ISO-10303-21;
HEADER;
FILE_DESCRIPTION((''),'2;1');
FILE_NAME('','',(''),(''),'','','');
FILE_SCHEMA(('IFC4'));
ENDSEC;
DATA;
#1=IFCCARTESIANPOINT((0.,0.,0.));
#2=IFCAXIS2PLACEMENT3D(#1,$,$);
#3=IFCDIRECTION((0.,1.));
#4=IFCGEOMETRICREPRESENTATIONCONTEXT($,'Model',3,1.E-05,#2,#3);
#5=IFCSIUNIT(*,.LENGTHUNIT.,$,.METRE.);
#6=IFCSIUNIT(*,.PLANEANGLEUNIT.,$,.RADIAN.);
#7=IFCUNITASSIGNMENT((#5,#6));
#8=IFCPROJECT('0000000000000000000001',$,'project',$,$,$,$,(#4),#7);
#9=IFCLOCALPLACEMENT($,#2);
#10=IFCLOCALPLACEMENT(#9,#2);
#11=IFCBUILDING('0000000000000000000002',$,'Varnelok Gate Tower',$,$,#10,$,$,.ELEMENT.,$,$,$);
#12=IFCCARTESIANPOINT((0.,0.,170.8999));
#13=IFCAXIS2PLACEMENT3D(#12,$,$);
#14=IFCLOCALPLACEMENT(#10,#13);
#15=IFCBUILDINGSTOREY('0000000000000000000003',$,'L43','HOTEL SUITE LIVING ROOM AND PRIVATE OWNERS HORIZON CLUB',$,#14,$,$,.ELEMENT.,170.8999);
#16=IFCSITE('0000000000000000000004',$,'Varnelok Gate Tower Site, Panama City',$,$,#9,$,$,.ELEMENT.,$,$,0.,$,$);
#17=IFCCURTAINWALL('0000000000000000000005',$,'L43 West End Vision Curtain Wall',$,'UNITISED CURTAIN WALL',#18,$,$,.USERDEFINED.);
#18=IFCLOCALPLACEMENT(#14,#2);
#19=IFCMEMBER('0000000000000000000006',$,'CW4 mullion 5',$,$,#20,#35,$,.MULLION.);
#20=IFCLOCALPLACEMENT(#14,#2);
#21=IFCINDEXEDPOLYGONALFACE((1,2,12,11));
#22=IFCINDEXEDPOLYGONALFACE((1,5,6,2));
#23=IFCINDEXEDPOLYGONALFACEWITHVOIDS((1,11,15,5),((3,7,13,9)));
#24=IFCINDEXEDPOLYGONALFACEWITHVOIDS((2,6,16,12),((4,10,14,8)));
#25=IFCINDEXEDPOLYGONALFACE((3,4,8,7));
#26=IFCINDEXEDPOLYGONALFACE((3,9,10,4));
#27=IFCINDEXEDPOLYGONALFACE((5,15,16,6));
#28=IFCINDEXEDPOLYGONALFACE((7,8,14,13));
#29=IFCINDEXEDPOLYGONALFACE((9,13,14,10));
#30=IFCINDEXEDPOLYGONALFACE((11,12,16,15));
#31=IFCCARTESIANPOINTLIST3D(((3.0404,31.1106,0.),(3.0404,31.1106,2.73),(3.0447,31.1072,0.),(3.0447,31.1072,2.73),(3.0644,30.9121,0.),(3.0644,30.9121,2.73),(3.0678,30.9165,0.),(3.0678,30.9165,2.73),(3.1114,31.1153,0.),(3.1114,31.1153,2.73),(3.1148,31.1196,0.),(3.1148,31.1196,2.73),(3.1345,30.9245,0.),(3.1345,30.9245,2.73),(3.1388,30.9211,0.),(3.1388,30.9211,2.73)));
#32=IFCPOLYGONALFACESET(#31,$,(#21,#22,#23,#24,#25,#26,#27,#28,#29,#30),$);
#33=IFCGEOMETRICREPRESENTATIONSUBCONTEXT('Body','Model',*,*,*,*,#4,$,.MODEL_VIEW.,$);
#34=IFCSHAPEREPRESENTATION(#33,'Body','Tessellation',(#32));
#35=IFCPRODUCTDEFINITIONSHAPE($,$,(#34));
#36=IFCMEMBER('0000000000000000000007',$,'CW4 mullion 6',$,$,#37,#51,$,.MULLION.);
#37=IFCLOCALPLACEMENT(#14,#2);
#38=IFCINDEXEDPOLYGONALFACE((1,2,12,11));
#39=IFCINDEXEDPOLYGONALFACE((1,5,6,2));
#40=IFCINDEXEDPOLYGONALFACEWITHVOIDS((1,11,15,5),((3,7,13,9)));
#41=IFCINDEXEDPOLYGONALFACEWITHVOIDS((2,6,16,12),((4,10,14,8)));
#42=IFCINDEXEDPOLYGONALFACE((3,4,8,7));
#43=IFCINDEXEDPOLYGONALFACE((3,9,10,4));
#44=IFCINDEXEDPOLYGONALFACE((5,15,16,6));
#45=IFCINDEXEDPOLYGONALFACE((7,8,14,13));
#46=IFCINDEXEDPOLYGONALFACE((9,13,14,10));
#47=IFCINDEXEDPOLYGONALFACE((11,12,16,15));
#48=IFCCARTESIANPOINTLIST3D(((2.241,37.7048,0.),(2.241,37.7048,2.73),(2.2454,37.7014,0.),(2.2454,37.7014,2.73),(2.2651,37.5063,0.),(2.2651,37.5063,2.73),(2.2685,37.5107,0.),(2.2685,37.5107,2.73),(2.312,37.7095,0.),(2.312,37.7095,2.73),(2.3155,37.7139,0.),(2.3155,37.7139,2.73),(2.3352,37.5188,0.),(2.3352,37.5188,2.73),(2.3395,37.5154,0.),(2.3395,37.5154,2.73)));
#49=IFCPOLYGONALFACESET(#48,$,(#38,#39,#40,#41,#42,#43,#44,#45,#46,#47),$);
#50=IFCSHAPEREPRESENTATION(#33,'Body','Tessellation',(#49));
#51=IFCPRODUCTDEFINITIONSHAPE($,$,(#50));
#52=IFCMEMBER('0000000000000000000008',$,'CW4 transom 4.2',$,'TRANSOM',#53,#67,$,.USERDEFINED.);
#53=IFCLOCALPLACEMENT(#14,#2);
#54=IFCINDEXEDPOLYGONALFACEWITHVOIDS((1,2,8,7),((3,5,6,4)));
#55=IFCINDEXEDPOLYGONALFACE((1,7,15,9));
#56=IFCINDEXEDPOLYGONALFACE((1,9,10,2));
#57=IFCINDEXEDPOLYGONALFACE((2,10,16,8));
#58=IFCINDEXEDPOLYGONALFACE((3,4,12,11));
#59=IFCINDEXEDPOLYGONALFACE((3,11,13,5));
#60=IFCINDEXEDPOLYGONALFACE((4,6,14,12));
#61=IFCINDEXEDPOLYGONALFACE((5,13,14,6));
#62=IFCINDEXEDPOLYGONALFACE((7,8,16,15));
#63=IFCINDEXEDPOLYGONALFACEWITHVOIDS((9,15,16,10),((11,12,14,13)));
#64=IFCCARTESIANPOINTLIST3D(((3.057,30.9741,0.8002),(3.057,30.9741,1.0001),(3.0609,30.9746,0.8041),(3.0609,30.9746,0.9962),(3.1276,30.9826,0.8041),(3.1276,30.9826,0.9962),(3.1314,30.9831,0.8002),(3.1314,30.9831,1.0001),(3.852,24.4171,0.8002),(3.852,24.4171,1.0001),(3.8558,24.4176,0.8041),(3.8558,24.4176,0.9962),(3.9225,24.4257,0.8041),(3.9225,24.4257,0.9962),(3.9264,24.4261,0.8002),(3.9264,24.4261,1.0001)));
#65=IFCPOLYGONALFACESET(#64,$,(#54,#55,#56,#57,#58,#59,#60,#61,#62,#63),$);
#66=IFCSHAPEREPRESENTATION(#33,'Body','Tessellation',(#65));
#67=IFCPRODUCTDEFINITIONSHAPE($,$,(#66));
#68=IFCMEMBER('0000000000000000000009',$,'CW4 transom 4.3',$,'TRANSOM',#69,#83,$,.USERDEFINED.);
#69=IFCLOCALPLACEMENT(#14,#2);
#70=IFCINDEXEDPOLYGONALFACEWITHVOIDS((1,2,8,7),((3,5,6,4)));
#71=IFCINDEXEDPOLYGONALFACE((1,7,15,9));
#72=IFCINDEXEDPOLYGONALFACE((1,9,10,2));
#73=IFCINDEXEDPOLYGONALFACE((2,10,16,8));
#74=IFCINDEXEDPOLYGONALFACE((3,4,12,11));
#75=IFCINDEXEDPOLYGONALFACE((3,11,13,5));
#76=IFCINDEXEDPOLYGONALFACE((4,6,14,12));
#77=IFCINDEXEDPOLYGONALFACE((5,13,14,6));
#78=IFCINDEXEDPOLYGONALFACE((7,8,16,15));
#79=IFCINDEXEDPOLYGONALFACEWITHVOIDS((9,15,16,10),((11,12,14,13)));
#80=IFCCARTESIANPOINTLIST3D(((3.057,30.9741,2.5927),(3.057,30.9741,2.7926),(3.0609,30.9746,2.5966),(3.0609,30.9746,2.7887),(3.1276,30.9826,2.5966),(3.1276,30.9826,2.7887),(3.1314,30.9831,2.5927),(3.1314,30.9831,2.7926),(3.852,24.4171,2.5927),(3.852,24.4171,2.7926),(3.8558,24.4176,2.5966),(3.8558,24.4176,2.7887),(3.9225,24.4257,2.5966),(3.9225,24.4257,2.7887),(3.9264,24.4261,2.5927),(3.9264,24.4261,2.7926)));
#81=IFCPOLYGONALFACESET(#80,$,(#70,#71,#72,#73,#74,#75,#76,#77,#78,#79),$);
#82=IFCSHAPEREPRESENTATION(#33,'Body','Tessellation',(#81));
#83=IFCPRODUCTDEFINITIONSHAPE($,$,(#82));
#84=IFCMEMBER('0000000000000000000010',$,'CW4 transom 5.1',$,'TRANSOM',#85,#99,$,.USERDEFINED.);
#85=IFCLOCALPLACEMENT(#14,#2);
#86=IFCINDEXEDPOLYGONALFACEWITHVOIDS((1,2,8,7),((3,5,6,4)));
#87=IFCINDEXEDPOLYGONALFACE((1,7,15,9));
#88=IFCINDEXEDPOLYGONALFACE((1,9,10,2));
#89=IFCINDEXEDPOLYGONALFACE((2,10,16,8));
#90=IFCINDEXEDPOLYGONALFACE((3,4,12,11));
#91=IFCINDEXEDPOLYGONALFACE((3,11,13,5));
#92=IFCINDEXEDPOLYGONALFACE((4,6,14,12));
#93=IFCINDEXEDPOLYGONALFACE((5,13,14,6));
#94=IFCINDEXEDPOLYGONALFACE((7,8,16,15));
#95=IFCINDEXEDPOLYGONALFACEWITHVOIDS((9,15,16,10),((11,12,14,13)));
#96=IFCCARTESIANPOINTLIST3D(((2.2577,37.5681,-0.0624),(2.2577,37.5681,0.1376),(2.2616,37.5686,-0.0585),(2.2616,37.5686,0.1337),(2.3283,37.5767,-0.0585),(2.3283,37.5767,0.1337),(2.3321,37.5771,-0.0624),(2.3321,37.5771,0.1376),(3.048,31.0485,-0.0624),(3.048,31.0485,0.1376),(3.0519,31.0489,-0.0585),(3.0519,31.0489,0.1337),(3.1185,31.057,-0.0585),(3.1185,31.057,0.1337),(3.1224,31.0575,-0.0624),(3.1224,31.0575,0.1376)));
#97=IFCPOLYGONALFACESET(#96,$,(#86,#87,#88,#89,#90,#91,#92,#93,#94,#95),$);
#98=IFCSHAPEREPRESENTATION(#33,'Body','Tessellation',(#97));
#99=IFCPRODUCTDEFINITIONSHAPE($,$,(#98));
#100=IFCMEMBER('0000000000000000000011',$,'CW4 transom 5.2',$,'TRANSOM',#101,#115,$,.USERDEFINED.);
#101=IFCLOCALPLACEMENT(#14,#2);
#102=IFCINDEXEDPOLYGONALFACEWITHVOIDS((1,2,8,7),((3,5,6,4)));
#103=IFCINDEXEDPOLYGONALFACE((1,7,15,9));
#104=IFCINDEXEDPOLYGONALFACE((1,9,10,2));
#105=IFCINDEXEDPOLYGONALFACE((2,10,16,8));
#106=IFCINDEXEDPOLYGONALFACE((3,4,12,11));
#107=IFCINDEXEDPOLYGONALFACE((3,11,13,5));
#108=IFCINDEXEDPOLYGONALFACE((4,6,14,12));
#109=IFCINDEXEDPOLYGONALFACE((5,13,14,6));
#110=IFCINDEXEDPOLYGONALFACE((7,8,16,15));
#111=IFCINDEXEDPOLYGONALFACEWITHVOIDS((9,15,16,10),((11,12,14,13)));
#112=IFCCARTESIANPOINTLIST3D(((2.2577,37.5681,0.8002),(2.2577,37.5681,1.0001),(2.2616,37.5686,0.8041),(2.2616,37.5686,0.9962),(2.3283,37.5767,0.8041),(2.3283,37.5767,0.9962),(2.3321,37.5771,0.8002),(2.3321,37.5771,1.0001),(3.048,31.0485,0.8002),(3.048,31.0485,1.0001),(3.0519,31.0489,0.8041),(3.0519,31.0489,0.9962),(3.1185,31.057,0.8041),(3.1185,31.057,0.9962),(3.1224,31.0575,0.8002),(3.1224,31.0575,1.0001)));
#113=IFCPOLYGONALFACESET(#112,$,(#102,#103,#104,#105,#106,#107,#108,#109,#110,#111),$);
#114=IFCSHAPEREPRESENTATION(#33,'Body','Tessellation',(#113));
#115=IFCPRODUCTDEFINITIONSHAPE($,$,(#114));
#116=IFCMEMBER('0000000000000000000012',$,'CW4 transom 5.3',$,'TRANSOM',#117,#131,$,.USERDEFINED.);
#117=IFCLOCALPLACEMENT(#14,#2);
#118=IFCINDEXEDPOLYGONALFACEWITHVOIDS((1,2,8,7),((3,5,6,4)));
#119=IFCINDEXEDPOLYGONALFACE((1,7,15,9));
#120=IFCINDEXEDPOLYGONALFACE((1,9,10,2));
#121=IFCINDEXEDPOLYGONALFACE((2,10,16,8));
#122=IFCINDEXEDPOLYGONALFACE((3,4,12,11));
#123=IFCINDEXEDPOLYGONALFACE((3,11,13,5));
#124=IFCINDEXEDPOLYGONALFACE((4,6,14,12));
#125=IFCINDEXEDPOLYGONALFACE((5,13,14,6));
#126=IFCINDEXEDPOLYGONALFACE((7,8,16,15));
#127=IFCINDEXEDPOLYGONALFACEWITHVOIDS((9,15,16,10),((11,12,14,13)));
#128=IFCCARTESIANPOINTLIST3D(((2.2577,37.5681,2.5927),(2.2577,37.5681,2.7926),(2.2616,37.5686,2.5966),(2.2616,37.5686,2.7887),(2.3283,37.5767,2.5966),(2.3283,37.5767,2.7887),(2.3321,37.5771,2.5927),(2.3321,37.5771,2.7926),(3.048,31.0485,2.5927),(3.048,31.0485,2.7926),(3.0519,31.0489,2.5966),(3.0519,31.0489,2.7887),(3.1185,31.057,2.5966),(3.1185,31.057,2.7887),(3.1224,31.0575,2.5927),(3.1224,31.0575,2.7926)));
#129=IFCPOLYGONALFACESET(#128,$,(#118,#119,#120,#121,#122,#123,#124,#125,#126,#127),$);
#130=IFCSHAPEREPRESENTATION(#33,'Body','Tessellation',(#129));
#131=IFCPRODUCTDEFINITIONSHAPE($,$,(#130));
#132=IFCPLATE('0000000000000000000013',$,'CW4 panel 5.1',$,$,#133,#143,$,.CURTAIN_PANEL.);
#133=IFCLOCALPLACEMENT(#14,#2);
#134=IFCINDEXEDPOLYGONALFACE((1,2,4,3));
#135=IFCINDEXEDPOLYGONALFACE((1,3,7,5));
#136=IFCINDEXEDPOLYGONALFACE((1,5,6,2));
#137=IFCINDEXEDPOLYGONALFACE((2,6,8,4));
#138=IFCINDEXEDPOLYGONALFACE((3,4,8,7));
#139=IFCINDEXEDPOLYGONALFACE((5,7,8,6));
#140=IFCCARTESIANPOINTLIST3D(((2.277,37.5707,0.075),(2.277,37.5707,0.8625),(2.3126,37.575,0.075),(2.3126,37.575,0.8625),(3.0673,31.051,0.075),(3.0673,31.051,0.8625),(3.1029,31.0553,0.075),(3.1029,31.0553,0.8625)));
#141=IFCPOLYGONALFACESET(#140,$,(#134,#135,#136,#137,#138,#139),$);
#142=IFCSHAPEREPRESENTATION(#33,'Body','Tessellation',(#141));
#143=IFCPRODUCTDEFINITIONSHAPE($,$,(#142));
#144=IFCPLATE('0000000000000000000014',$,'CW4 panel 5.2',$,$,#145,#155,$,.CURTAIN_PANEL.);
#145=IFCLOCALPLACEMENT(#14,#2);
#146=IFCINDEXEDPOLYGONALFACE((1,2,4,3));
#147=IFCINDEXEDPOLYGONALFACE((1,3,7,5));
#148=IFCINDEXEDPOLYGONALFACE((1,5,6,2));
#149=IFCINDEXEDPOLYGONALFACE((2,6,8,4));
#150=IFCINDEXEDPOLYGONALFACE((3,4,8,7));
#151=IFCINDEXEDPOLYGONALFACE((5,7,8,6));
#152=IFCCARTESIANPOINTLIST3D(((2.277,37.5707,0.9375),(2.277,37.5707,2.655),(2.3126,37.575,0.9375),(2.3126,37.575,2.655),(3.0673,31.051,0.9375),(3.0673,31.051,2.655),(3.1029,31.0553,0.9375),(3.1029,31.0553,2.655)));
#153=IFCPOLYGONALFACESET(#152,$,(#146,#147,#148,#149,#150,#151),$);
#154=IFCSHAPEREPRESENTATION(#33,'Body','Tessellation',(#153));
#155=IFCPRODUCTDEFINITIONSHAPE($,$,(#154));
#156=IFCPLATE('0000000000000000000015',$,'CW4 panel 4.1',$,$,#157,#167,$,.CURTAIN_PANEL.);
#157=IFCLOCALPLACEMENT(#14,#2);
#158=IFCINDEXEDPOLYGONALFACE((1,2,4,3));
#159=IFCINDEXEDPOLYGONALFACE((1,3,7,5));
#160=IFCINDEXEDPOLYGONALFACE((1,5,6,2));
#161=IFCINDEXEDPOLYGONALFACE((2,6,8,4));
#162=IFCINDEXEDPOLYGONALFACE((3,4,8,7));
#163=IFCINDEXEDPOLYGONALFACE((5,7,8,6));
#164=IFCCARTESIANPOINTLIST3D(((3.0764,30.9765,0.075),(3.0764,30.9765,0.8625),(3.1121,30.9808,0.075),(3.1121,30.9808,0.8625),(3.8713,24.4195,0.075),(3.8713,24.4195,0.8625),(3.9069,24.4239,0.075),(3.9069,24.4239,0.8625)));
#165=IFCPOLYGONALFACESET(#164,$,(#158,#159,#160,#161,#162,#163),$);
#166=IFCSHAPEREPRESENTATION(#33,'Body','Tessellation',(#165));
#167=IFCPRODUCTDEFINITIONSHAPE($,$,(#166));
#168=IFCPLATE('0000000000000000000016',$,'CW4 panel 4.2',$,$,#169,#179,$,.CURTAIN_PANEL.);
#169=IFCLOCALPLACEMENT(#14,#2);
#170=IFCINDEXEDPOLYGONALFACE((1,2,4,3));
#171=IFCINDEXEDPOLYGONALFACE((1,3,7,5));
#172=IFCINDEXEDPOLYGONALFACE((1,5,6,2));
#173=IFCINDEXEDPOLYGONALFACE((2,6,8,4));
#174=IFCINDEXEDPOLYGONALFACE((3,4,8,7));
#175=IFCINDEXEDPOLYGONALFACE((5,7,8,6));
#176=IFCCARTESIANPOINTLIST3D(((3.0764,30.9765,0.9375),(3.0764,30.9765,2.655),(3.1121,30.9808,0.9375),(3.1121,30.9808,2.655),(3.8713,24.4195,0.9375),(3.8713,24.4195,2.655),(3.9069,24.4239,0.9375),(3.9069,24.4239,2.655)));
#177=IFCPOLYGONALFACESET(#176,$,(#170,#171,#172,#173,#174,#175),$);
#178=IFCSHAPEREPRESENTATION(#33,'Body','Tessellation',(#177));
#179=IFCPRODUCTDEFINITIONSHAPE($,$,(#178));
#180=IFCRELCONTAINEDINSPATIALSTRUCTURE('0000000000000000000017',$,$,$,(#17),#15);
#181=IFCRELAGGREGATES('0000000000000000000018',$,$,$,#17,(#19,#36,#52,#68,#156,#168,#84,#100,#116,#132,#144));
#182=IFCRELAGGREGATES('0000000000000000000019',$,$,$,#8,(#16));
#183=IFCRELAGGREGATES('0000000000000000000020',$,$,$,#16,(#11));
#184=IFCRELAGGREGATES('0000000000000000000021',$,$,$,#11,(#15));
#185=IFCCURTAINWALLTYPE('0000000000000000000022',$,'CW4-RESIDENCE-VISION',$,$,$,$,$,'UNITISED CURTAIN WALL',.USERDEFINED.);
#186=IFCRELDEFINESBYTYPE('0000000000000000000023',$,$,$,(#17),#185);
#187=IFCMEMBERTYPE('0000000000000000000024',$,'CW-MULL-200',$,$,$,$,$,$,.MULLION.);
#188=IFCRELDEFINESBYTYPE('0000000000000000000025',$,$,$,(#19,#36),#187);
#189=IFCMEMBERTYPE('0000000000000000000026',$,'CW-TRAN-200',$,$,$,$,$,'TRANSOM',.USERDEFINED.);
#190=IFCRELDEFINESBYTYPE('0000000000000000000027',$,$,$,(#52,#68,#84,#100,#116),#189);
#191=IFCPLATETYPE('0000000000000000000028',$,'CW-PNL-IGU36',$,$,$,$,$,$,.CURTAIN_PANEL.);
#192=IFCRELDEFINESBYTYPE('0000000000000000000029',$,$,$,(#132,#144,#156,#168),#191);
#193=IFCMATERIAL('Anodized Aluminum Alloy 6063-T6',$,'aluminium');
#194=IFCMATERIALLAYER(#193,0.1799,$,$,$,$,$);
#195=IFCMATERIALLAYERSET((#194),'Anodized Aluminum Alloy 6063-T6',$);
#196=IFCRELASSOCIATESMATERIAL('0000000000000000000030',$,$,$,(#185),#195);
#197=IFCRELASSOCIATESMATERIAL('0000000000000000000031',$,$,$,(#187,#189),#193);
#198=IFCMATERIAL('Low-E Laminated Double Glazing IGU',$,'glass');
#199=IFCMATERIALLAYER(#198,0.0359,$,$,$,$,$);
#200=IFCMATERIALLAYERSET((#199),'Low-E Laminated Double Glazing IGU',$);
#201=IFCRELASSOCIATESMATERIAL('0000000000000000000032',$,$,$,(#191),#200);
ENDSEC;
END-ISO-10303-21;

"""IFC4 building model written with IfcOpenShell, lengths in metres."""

from ifc_helpers import new_model, si_unit, direction, frame, origin, origin_2d, place, context, subcontext, project, spatial, rectangle, hollow_rectangle, extrude, source, transform, mapped, material, layer, layer_set, material_profile, profile_set, type_object, element, aggregate, save


model = new_model("IFC4")

# Units and contexts
model_context = context("Model", 3, precision=1e-05, world=origin(), true_north=direction((0.0, 1.0)))
body_context = subcontext(model_context, "Body", "Model", "MODEL_VIEW")
ifc_project = project(units=[si_unit("LENGTHUNIT", "METRE"), si_unit("PLANEANGLEUNIT", "RADIAN")], contexts=[model_context])

# Site, building, storey
site_placement = place(None, origin())
site = spatial("IfcSite", under=ifc_project, at=site_placement, Name="Varnelok Gate Tower Site, Panama City", CompositionType="ELEMENT", RefElevation=0.0)
building_placement = place(site_placement, origin())
building = spatial("IfcBuilding", under=site, at=building_placement, Name="Varnelok Gate Tower", CompositionType="ELEMENT")
storey_placement = place(building_placement, frame((0.0, 0.0, 170.8999)))
storey = spatial("IfcBuildingStorey", under=building, at=storey_placement, Name="L43", Description="HOTEL SUITE LIVING ROOM AND PRIVATE OWNERS HORIZON CLUB", CompositionType="ELEMENT", Elevation=170.8999)

# Curtain wall, members, plates
ifc_material_1 = material(Name="Anodized Aluminum Alloy 6063-T6", Category="aluminium")
ifc_layer_1 = layer(ifc_material_1, 0.1799)
ifc_layer_set_1 = layer_set([ifc_layer_1], Name="Anodized Aluminum Alloy 6063-T6")
curtain_wall_type = type_object("IfcCurtainWallType", Name="CW4-RESIDENCE-VISION", ElementType="UNITISED CURTAIN WALL", PredefinedType="USERDEFINED", material=ifc_layer_set_1)
curtain_wall_placement = place(storey_placement, origin())
curtain_wall = element("IfcCurtainWall", 1, at=curtain_wall_placement, inside=storey, type_object=curtain_wall_type, Name="L43 West End Vision Curtain Wall", ObjectType="UNITISED CURTAIN WALL", PredefinedType="USERDEFINED")
ifc_material_profile_1 = material_profile(ifc_material_1, hollow_rectangle(XDim=0.075, YDim=0.2, WallThickness=0.0039, at=origin_2d()), Name="ALU200X75X4")
ifc_profile_set_1 = profile_set([ifc_material_profile_1], Name="Anodized Aluminum Alloy 6063-T6")
member_type_1 = type_object("IfcMemberType", Name="CW-MULL-200", PredefinedType="MULLION", material=ifc_profile_set_1)
member_1_placement = place(storey_placement, frame((3.0896, 31.0159, 0.0), z_axis=(0.0, 0.0, 1.0), x_axis=(-0.992732, -0.120345, 0.0)))
member_1 = element("IfcMember", 2, at=member_1_placement, type_object=member_type_1, Name="CW4 mullion 5", PredefinedType="MULLION", context=body_context, shape_type="SweptSolid", body=[
    extrude(hollow_rectangle(XDim=0.075, YDim=0.2, WallThickness=0.0039, at=origin_2d()), origin(), (0.0, 0.0, 1.0), 2.73),
])
member_2_placement = place(storey_placement, frame((2.2903, 37.6101, 0.0), z_axis=(0.0, 0.0, 1.0), x_axis=(-0.992732, -0.120345, 0.0)))
member_2 = element("IfcMember", 3, at=member_2_placement, type_object=member_type_1, Name="CW4 mullion 6", PredefinedType="MULLION", context=body_context, shape_type="SweptSolid", body=[
    extrude(hollow_rectangle(XDim=0.075, YDim=0.2, WallThickness=0.0039, at=origin_2d()), origin(), (0.0, 0.0, 1.0), 2.73),
])
ifc_material_profile_2 = material_profile(ifc_material_1, hollow_rectangle(XDim=0.075, YDim=0.2, WallThickness=0.0039, at=origin_2d()), Name="ALU200X75X4")
ifc_profile_set_2 = profile_set([ifc_material_profile_2], Name="Anodized Aluminum Alloy 6063-T6")
member_type_2 = type_object("IfcMemberType", Name="CW-TRAN-200", ElementType="TRANSOM", PredefinedType="USERDEFINED", material=ifc_profile_set_2)
member_3_placement = place(storey_placement, frame((3.8892, 24.4216, 0.9001), z_axis=(-0.120353, 0.992731, 0.0), x_axis=(-0.992731, -0.120353, 0.0)))
member_3 = element("IfcMember", 4, at=member_3_placement, type_object=member_type_2, Name="CW4 transom 4.2", ObjectType="TRANSOM", PredefinedType="USERDEFINED", context=body_context, shape_type="SweptSolid", body=[
    extrude(hollow_rectangle(XDim=0.075, YDim=0.2, WallThickness=0.0039, at=origin_2d()), origin(), (0.0, 0.0, 1.0), 6.605),
])
member_4_placement = place(storey_placement, frame((3.8892, 24.4216, 2.6926), z_axis=(-0.120353, 0.992731, 0.0), x_axis=(-0.992731, -0.120353, 0.0)))
member_4 = element("IfcMember", 5, at=member_4_placement, type_object=member_type_2, Name="CW4 transom 4.3", ObjectType="TRANSOM", PredefinedType="USERDEFINED", context=body_context, shape_type="SweptSolid", body=[
    extrude(hollow_rectangle(XDim=0.075, YDim=0.2, WallThickness=0.0039, at=origin_2d()), origin(), (0.0, 0.0, 1.0), 6.605),
])
member_5_placement = place(storey_placement, frame((3.0852, 31.053, 0.0376), z_axis=(-0.120332, 0.992734, 0.0), x_axis=(-0.992734, -0.120332, 0.0)))
member_5 = element("IfcMember", 6, at=member_5_placement, type_object=member_type_2, Name="CW4 transom 5.1", ObjectType="TRANSOM", PredefinedType="USERDEFINED", context=body_context, shape_type="SweptSolid", body=[
    extrude(hollow_rectangle(XDim=0.075, YDim=0.2, WallThickness=0.0039, at=origin_2d()), origin(), (0.0, 0.0, 1.0), 6.5674),
])
member_6_placement = place(storey_placement, frame((3.0852, 31.053, 0.9001), z_axis=(-0.120332, 0.992734, 0.0), x_axis=(-0.992734, -0.120332, 0.0)))
member_6 = element("IfcMember", 7, at=member_6_placement, type_object=member_type_2, Name="CW4 transom 5.2", ObjectType="TRANSOM", PredefinedType="USERDEFINED", context=body_context, shape_type="SweptSolid", body=[
    extrude(hollow_rectangle(XDim=0.075, YDim=0.2, WallThickness=0.0039, at=origin_2d()), origin(), (0.0, 0.0, 1.0), 6.5674),
])
member_7_placement = place(storey_placement, frame((3.0852, 31.053, 2.6926), z_axis=(-0.120332, 0.992734, 0.0), x_axis=(-0.992734, -0.120332, 0.0)))
member_7 = element("IfcMember", 8, at=member_7_placement, type_object=member_type_2, Name="CW4 transom 5.3", ObjectType="TRANSOM", PredefinedType="USERDEFINED", context=body_context, shape_type="SweptSolid", body=[
    extrude(hollow_rectangle(XDim=0.075, YDim=0.2, WallThickness=0.0039, at=origin_2d()), origin(), (0.0, 0.0, 1.0), 6.5674),
])
ifc_material_2 = material(Name="Low-E Laminated Double Glazing IGU", Category="glass")
ifc_layer_2 = layer(ifc_material_2, 0.0359)
ifc_layer_set_2 = layer_set([ifc_layer_2], Name="Low-E Laminated Double Glazing IGU")
plate_type = type_object("IfcPlateType", Name="CW-PNL-IGU36", PredefinedType="CURTAIN_PANEL", material=ifc_layer_set_2)
shared_shape_1 = source(origin(), body_context, "Body", "SweptSolid", [
    extrude(rectangle(XDim=6.5674, YDim=0.0359, at=origin_2d()), origin(), (0.0, 0.0, 1.0), 0.7876),
])
plate_1_placement = place(storey_placement, frame((2.6899, 34.313, 0.075), z_axis=(0.0, 0.0, 1.0), x_axis=(-0.120345, 0.992732, 0.0)))
plate_1 = element("IfcPlate", 9, at=plate_1_placement, type_object=plate_type, Name="CW4 panel 5.1", PredefinedType="CURTAIN_PANEL", context=body_context, shape_type="MappedRepresentation", body=[
    mapped(shared_shape_1, transform((0.0, 0.0, 0.0), scale=1.0)),
])
shared_shape_2 = source(origin(), body_context, "Body", "SweptSolid", [
    extrude(rectangle(XDim=6.5674, YDim=0.0359, at=origin_2d()), origin(), (0.0, 0.0, 1.0), 1.7175),
])
plate_2_placement = place(storey_placement, frame((2.6899, 34.313, 0.9375), z_axis=(0.0, 0.0, 1.0), x_axis=(-0.120345, 0.992732, 0.0)))
plate_2 = element("IfcPlate", 10, at=plate_2_placement, type_object=plate_type, Name="CW4 panel 5.2", PredefinedType="CURTAIN_PANEL", context=body_context, shape_type="MappedRepresentation", body=[
    mapped(shared_shape_2, transform((0.0, 0.0, 0.0), scale=1.0)),
])
shared_shape_3 = source(origin(), body_context, "Body", "SweptSolid", [
    extrude(rectangle(XDim=6.605, YDim=0.0359, at=origin_2d()), origin(), (0.0, 0.0, 1.0), 0.7876),
])
plate_3_placement = place(storey_placement, frame((3.4917, 27.7002, 0.075), z_axis=(0.0, 0.0, 1.0), x_axis=(-0.120345, 0.992732, 0.0)))
plate_3 = element("IfcPlate", 11, at=plate_3_placement, type_object=plate_type, Name="CW4 panel 4.1", PredefinedType="CURTAIN_PANEL", context=body_context, shape_type="MappedRepresentation", body=[
    mapped(shared_shape_3, transform((0.0, 0.0, 0.0), scale=1.0)),
])
shared_shape_4 = source(origin(), body_context, "Body", "SweptSolid", [
    extrude(rectangle(XDim=6.605, YDim=0.0359, at=origin_2d()), origin(), (0.0, 0.0, 1.0), 1.7175),
])
plate_4_placement = place(storey_placement, frame((3.4917, 27.7002, 0.9375), z_axis=(0.0, 0.0, 1.0), x_axis=(-0.120345, 0.992732, 0.0)))
plate_4 = element("IfcPlate", 12, at=plate_4_placement, type_object=plate_type, Name="CW4 panel 4.2", PredefinedType="CURTAIN_PANEL", context=body_context, shape_type="MappedRepresentation", body=[
    mapped(shared_shape_4, transform((0.0, 0.0, 0.0), scale=1.0)),
])
aggregate(curtain_wall, [member_1, member_2, member_3, member_4, plate_3, plate_4, member_5, member_6, member_7, plate_1, plate_2])

save(model, "model.ifc")
